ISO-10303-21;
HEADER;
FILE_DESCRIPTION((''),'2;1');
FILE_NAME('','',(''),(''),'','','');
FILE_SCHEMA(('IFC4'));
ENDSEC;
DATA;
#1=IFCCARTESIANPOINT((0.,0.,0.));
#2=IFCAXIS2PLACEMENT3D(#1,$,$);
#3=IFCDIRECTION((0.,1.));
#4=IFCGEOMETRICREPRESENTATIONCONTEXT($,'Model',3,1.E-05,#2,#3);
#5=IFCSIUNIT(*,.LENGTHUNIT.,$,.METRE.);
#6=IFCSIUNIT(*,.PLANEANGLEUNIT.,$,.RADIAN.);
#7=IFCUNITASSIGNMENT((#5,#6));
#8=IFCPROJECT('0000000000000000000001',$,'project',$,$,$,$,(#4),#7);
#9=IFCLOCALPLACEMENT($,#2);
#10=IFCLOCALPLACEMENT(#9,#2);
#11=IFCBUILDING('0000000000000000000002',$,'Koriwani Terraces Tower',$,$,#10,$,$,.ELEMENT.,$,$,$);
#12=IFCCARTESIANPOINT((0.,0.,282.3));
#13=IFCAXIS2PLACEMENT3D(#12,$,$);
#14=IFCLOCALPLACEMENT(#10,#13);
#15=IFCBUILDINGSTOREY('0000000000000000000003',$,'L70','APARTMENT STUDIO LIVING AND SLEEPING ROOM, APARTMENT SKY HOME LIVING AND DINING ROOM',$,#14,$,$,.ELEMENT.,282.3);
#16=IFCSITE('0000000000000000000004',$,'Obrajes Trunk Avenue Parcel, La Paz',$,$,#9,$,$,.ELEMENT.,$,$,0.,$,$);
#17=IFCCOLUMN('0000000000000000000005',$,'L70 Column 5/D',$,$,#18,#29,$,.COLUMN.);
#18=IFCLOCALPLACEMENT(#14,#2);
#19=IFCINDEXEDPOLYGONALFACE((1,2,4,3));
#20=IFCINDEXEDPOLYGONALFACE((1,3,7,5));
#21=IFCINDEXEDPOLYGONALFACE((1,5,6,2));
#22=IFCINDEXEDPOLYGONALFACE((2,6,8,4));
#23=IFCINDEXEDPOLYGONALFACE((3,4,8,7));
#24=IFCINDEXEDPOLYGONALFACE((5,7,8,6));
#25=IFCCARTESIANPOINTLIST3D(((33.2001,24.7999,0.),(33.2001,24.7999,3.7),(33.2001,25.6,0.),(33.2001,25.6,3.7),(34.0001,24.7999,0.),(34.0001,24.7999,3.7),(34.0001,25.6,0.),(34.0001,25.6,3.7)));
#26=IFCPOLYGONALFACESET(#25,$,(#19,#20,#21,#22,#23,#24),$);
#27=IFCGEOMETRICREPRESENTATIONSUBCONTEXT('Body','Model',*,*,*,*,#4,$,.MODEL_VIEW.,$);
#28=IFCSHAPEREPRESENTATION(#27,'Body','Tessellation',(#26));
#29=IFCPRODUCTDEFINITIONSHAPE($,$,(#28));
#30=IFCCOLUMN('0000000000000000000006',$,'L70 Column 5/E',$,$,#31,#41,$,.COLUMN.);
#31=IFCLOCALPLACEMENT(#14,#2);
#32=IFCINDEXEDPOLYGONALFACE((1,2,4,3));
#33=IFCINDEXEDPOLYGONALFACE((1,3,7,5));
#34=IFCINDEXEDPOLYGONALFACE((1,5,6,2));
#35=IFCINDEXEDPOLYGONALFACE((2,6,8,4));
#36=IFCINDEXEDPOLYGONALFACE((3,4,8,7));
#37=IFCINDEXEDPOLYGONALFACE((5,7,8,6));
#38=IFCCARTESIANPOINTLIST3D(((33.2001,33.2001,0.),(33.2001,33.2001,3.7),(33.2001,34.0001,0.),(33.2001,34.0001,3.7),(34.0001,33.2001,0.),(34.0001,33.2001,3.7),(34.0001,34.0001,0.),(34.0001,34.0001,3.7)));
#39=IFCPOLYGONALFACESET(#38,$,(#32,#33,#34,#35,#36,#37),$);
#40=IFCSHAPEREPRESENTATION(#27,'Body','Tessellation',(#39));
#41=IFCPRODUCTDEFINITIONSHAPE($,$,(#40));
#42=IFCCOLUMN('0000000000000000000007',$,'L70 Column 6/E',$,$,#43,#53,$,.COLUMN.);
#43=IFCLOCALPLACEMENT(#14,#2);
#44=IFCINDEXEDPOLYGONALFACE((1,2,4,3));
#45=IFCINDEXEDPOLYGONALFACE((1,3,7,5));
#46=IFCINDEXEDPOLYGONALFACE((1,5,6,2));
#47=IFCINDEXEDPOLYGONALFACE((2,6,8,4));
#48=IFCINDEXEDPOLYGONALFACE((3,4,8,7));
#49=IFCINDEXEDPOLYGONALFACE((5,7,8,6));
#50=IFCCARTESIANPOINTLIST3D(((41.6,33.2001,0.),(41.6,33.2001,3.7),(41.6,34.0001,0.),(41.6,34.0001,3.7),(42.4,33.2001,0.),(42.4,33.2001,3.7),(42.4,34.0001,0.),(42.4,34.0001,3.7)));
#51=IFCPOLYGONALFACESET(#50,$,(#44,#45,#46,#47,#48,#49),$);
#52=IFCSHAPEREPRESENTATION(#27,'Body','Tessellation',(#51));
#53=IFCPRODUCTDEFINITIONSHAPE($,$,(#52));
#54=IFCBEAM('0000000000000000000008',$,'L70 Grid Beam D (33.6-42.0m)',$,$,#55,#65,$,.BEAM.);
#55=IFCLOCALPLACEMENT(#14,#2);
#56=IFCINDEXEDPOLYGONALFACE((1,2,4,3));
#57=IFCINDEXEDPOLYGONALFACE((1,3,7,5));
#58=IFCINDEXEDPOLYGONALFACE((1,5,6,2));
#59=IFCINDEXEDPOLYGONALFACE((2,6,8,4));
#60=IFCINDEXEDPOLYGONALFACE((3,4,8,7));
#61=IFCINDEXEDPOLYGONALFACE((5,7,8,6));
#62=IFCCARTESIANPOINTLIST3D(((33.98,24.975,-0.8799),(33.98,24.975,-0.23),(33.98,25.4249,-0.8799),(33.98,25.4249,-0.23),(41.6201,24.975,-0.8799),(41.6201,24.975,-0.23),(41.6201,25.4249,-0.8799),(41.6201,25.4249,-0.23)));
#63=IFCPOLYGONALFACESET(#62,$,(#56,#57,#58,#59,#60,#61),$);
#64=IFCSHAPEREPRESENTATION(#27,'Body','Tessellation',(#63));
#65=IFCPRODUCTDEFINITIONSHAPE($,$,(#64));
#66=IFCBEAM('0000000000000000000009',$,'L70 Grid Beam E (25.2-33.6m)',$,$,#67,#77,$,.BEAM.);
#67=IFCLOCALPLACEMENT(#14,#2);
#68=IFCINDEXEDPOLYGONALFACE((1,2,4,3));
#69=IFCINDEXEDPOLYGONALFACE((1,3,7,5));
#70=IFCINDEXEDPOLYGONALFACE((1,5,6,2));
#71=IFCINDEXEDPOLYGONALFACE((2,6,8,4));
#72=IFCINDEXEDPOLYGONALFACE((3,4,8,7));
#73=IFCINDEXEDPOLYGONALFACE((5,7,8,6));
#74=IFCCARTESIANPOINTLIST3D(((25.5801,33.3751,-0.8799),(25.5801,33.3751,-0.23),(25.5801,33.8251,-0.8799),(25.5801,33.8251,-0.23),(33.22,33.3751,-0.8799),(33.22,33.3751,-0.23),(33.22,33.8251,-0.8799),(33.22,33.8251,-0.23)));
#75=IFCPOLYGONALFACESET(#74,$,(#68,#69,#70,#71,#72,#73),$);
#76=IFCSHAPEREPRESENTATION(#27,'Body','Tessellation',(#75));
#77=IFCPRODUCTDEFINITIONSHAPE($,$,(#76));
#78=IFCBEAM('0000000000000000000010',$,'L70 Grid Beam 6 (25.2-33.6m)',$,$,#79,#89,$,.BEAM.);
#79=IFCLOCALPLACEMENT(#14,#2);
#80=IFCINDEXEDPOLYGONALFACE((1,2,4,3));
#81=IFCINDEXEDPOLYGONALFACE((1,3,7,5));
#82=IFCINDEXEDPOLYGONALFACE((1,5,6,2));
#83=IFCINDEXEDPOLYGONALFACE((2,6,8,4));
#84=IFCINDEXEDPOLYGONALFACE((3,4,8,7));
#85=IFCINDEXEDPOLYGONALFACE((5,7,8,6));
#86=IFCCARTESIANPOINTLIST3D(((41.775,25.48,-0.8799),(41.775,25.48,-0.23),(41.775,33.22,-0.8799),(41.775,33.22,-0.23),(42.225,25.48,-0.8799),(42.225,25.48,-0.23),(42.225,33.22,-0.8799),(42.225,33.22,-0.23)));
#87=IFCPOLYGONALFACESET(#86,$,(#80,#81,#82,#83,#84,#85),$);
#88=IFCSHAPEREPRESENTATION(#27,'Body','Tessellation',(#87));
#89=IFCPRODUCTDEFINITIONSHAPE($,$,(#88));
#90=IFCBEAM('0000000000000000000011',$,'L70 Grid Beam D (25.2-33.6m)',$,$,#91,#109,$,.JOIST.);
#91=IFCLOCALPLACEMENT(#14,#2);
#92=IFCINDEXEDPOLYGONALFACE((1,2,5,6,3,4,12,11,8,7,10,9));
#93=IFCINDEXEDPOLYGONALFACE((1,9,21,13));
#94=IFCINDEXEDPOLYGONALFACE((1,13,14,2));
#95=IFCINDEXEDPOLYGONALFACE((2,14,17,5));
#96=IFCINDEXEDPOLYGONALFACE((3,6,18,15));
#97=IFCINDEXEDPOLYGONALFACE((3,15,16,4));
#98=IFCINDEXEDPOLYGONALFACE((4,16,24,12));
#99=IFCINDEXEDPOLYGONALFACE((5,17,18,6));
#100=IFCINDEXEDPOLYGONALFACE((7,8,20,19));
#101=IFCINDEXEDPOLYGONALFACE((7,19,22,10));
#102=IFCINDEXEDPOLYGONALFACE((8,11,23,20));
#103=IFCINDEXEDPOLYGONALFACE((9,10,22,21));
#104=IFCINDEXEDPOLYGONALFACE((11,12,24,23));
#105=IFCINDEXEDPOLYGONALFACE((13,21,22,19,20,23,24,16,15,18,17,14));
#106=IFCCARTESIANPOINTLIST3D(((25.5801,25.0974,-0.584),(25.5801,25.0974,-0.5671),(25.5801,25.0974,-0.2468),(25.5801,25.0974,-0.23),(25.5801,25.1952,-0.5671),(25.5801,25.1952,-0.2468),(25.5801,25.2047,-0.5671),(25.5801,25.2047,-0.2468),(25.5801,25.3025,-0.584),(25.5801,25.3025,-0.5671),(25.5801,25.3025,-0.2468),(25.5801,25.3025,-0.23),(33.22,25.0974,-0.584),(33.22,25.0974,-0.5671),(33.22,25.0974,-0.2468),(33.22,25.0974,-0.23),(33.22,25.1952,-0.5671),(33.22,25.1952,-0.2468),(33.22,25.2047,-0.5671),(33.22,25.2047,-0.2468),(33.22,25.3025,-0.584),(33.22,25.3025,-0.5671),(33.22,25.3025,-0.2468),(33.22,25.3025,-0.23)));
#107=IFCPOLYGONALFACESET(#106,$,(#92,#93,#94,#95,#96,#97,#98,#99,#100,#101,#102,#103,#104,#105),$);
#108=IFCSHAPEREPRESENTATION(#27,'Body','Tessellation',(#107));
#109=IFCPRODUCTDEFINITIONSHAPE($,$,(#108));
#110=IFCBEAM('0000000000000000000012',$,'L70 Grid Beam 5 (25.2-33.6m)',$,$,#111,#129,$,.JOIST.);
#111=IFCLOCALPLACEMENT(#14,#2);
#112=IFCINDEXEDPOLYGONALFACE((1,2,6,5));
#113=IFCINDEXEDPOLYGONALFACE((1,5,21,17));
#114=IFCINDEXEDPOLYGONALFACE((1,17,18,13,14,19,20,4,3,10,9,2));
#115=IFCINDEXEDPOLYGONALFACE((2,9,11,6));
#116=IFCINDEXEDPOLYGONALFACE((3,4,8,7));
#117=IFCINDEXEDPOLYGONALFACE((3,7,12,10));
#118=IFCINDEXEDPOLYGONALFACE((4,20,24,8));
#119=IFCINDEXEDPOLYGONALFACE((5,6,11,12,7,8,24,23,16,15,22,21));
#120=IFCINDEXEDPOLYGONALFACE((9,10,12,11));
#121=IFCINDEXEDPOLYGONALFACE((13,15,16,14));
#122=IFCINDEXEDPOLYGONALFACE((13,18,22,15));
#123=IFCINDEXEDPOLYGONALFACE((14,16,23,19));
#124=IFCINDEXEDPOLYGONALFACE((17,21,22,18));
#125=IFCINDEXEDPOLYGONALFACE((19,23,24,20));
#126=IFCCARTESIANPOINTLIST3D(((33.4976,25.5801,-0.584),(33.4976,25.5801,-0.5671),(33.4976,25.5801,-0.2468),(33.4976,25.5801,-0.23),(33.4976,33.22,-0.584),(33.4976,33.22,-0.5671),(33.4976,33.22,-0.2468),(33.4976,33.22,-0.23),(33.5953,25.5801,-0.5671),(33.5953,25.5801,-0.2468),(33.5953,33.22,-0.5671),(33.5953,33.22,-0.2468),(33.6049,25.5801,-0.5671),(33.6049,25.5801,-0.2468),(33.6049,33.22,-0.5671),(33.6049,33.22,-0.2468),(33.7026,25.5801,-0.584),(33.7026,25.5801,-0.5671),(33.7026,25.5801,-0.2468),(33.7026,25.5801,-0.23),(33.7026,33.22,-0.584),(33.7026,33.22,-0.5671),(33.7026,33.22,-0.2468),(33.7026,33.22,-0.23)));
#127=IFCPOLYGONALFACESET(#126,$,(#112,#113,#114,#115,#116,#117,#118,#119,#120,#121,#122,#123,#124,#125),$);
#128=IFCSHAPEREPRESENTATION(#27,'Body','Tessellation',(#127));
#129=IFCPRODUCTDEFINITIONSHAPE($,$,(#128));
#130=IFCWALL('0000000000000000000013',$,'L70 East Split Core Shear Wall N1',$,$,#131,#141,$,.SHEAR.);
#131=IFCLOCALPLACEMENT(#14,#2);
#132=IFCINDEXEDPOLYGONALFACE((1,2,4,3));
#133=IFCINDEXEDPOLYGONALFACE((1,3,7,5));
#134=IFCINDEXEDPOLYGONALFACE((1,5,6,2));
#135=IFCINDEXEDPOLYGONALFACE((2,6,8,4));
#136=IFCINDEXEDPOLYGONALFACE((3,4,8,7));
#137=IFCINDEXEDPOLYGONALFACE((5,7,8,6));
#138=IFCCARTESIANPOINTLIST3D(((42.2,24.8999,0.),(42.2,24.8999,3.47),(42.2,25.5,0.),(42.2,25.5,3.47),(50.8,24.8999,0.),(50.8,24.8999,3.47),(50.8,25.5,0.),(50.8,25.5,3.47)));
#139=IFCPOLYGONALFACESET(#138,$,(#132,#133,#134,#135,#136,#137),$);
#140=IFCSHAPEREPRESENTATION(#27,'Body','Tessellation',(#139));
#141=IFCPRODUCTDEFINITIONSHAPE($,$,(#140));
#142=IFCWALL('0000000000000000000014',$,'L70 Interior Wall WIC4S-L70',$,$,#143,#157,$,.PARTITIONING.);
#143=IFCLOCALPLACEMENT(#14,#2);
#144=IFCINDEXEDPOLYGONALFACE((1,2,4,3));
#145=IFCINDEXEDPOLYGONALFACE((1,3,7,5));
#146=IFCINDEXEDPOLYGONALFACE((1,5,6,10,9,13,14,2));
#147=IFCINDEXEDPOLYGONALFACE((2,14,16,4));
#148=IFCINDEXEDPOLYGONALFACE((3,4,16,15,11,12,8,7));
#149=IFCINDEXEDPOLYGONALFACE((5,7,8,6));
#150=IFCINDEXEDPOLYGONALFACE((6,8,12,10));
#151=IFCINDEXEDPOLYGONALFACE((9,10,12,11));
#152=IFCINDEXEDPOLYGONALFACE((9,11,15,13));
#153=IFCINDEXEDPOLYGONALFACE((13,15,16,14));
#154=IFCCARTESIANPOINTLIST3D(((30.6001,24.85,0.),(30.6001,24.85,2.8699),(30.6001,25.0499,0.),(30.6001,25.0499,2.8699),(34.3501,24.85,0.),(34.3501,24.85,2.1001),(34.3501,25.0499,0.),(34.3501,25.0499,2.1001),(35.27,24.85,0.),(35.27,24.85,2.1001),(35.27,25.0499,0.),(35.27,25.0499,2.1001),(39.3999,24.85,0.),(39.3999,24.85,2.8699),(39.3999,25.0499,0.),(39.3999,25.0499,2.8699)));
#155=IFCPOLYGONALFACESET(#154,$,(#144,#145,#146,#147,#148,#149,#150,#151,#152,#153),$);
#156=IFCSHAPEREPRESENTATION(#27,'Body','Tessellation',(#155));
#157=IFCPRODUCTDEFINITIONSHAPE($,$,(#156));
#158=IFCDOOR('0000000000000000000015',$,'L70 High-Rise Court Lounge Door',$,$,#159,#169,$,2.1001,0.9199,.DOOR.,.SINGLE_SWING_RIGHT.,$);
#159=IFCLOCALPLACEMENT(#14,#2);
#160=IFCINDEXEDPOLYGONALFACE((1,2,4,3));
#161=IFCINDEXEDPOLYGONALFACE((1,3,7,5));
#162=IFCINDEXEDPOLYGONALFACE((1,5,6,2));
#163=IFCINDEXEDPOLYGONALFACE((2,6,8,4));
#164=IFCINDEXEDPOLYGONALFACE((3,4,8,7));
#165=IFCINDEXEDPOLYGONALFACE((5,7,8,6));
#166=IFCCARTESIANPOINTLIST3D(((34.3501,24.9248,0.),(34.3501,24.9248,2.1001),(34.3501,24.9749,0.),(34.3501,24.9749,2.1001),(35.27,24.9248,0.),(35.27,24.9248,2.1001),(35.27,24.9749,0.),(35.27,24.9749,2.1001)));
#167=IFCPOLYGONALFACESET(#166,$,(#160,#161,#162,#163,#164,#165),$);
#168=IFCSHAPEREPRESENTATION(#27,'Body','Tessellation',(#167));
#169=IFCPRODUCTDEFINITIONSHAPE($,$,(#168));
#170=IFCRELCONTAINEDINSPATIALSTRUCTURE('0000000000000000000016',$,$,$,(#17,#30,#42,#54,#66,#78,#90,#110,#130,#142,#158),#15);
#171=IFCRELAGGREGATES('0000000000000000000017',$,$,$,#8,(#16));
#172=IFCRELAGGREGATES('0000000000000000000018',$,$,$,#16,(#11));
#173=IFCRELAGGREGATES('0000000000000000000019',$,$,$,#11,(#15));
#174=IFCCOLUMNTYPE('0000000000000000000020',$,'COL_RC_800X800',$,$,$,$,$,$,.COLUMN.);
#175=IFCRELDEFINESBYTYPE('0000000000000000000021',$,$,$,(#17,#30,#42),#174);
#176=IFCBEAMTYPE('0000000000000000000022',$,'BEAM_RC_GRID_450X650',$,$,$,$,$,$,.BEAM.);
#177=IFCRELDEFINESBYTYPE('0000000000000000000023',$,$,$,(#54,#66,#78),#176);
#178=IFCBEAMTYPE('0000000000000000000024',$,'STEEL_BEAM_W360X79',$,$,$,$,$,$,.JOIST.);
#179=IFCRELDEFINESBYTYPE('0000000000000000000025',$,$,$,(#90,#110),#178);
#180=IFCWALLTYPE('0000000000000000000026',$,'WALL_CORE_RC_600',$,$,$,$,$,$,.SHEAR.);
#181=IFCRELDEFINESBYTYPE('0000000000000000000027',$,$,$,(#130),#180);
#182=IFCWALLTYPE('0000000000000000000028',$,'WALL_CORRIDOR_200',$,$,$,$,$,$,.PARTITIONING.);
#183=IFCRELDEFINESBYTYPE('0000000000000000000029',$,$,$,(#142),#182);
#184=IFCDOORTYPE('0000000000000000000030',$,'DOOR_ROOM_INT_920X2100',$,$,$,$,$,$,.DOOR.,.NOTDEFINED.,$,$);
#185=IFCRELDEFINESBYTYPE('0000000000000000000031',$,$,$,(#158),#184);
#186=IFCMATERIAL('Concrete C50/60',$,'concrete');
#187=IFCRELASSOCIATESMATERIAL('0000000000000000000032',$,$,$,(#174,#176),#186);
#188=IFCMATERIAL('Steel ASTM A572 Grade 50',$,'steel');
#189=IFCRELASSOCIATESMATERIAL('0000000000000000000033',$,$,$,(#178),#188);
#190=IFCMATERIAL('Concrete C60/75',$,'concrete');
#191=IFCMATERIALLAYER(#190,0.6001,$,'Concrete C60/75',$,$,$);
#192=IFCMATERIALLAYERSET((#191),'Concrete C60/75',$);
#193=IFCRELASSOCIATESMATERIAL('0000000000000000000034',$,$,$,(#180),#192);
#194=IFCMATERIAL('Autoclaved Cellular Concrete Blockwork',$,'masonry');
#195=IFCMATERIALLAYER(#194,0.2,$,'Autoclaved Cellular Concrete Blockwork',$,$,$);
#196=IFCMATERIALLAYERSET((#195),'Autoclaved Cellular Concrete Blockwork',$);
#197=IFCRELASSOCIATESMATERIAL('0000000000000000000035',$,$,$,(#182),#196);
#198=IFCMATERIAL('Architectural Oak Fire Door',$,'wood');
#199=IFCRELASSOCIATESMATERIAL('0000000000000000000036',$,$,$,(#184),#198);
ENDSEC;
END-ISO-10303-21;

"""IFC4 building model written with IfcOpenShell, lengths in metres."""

from ifc_helpers import new_model, si_unit, direction, frame, frame_2d, origin, origin_2d, place, context, subcontext, project, spatial, rectangle, i_section, extrude, material, layer, layer_set, material_profile, profile_set, type_object, element, fill, save


model = new_model("IFC4")

# Units and contexts
model_context = context("Model", 3, precision=1e-05, world=origin(), true_north=direction((0.0, 1.0)))
body_context = subcontext(model_context, "Body", "Model", "MODEL_VIEW")
ifc_project = project(units=[si_unit("LENGTHUNIT", "METRE"), si_unit("PLANEANGLEUNIT", "RADIAN")], contexts=[model_context])

# Site, building, storey
site_placement = place(None, origin())
site = spatial("IfcSite", under=ifc_project, at=site_placement, Name="Obrajes Trunk Avenue Parcel, La Paz", CompositionType="ELEMENT", RefElevation=0.0)
building_placement = place(site_placement, origin())
building = spatial("IfcBuilding", under=site, at=building_placement, Name="Koriwani Terraces Tower", CompositionType="ELEMENT")
storey_placement = place(building_placement, frame((0.0, 0.0, 282.3)))
storey = spatial("IfcBuildingStorey", under=building, at=storey_placement, Name="L70", Description="APARTMENT STUDIO LIVING AND SLEEPING ROOM, APARTMENT SKY HOME LIVING AND DINING ROOM", CompositionType="ELEMENT", Elevation=282.3)

# Columns
ifc_material_1 = material(Name="Concrete C50/60", Category="concrete")
ifc_material_profile_1 = material_profile(ifc_material_1, rectangle(XDim=0.8, YDim=0.8, at=origin_2d()), Name="Concrete C50/60", Category="LoadBearing")
ifc_profile_set_1 = profile_set([ifc_material_profile_1], Name="Concrete C50/60")
column_type = type_object("IfcColumnType", Name="COL_RC_800X800", PredefinedType="COLUMN", material=ifc_profile_set_1)
for number, where, z_axis, x_axis, name in (
    (1, (33.6001, 25.2, 0.0), (0.0, 0.0, 1.0), (1.0, 0.0, 0.0), "L70 Column 5/D"),
    (2, (33.6001, 33.6001, 0.0), (0.0, 0.0, 1.0), (1.0, 0.0, 0.0), "L70 Column 5/E"),
    (3, (42.0, 33.6001, 0.0), (0.0, 0.0, 1.0), (1.0, 0.0, 0.0), "L70 Column 6/E"),
):
    element("IfcColumn", number, at=place(storey_placement, frame(where, z_axis=z_axis, x_axis=x_axis)), inside=storey, type_object=column_type, Name=name, PredefinedType="COLUMN", context=body_context, shape_type="SweptSolid", body=[
        extrude(rectangle(XDim=0.8, YDim=0.8, at=origin_2d()), origin(), (0.0, 0.0, 1.0), 3.7),
    ])

# Beams
ifc_material_profile_2 = material_profile(ifc_material_1, rectangle(XDim=0.45, YDim=0.6499, at=origin_2d()), Name="Concrete C50/60", Category="LoadBearing")
ifc_profile_set_2 = profile_set([ifc_material_profile_2], Name="Concrete C50/60")
beam_type_1 = type_object("IfcBeamType", Name="BEAM_RC_GRID_450X650", PredefinedType="BEAM", material=ifc_profile_set_2)
beam_1_placement = place(storey_placement, frame((33.98, 25.2, -0.5549), z_axis=(1.0, 0.0, 0.0), x_axis=(0.0, 1.0, 0.0)))
element("IfcBeam", 4, at=beam_1_placement, inside=storey, type_object=beam_type_1, Name="L70 Grid Beam D (33.6-42.0m)", PredefinedType="BEAM", context=body_context, shape_type="SweptSolid", body=[
    extrude(rectangle(XDim=0.45, YDim=0.6499, at=origin_2d()), origin(), (0.0, 0.0, 1.0), 7.6401),
])
beam_2_placement = place(storey_placement, frame((25.5801, 33.6001, -0.5549), z_axis=(1.0, 0.0, 0.0), x_axis=(0.0, 1.0, 0.0)))
element("IfcBeam", 5, at=beam_2_placement, inside=storey, type_object=beam_type_1, Name="L70 Grid Beam E (25.2-33.6m)", PredefinedType="BEAM", context=body_context, shape_type="SweptSolid", body=[
    extrude(rectangle(XDim=0.45, YDim=0.6499, at=origin_2d()), origin(), (0.0, 0.0, 1.0), 7.6399),
])
beam_3_placement = place(storey_placement, frame((42.0, 25.48, -0.5549), z_axis=(0.0, 1.0, 0.0), x_axis=(-1.0, 0.0, 0.0)))
element("IfcBeam", 6, at=beam_3_placement, inside=storey, type_object=beam_type_1, Name="L70 Grid Beam 6 (25.2-33.6m)", PredefinedType="BEAM", context=body_context, shape_type="SweptSolid", body=[
    extrude(rectangle(XDim=0.45, YDim=0.6499, at=origin_2d()), origin(), (0.0, 0.0, 1.0), 7.74),
])
ifc_material_2 = material(Name="Steel ASTM A572 Grade 50", Category="steel")
ifc_material_profile_3 = material_profile(ifc_material_2, i_section(OverallWidth=0.2051, OverallDepth=0.354, WebThickness=0.0095, FlangeThickness=0.0168, at=origin_2d()), Name="Steel ASTM A572 Grade 50", Category="LoadBearing")
ifc_profile_set_3 = profile_set([ifc_material_profile_3], Name="Steel ASTM A572 Grade 50")
beam_type_2 = type_object("IfcBeamType", Name="STEEL_BEAM_W360X79", PredefinedType="JOIST", material=ifc_profile_set_3)
for number, where, z_axis, x_axis, name in (
    (7, (25.5801, 25.2, -0.407), (1.0, 0.0, 0.0), (0.0, 1.0, 0.0), "L70 Grid Beam D (25.2-33.6m)"),
    (8, (33.6001, 25.5801, -0.407), (0.0, 1.0, 0.0), (-1.0, 0.0, 0.0), "L70 Grid Beam 5 (25.2-33.6m)"),
):
    element("IfcBeam", number, at=place(storey_placement, frame(where, z_axis=z_axis, x_axis=x_axis)), inside=storey, type_object=beam_type_2, Name=name, PredefinedType="JOIST", context=body_context, shape_type="SweptSolid", body=[
        extrude(i_section(OverallWidth=0.2051, OverallDepth=0.354, WebThickness=0.0095, FlangeThickness=0.0168, at=origin_2d()), origin(), (0.0, 0.0, 1.0), 7.6399),
    ])

# Wall
ifc_material_3 = material(Name="Concrete C60/75", Category="concrete")
ifc_layer_1 = layer(ifc_material_3, 0.6001, Name="Concrete C60/75")
ifc_layer_set_1 = layer_set([ifc_layer_1], Name="Concrete C60/75")
wall_type_1 = type_object("IfcWallType", Name="WALL_CORE_RC_600", PredefinedType="SHEAR", material=ifc_layer_set_1)
wall_1_placement = place(storey_placement, frame((42.2, 25.2, 0.0), z_axis=(0.0, 0.0, 1.0), x_axis=(1.0, 0.0, 0.0)))
element("IfcWall", 9, at=wall_1_placement, inside=storey, type_object=wall_type_1, Name="L70 East Split Core Shear Wall N1", PredefinedType="SHEAR", context=body_context, shape_type="SweptSolid", body=[
    extrude(rectangle(XDim=8.6001, YDim=0.6001, at=frame_2d((4.3, 0.0))), origin(), (0.0, 0.0, 1.0), 3.47),
])

# Wall, opening, door
ifc_material_4 = material(Name="Autoclaved Cellular Concrete Blockwork", Category="masonry")
ifc_layer_2 = layer(ifc_material_4, 0.2, Name="Autoclaved Cellular Concrete Blockwork")
ifc_layer_set_2 = layer_set([ifc_layer_2], Name="Autoclaved Cellular Concrete Blockwork")
wall_type_2 = type_object("IfcWallType", Name="WALL_CORRIDOR_200", PredefinedType="PARTITIONING", material=ifc_layer_set_2)
wall_2_placement = place(storey_placement, frame((30.6001, 24.95, 0.0), z_axis=(0.0, 0.0, 1.0), x_axis=(1.0, 0.0, 0.0)))
wall_2 = element("IfcWall", 10, at=wall_2_placement, inside=storey, type_object=wall_type_2, Name="L70 Interior Wall WIC4S-L70", PredefinedType="PARTITIONING", context=body_context, shape_type="SweptSolid", body=[
    extrude(rectangle(XDim=8.7998, YDim=0.2, at=frame_2d((4.3999, 0.0))), origin(), (0.0, 0.0, 1.0), 2.8699),
])
opening_1_placement = place(wall_2_placement, frame((3.75, 0.0, 0.0)))
opening_1 = element("IfcOpeningElement", 11, at=opening_1_placement, cuts=wall_2, PredefinedType="OPENING", context=body_context, shape_type="SweptSolid", body=[
    extrude(rectangle(XDim=0.9199, YDim=2.1001, at=frame_2d((0.46, 1.05))), frame((0.0, 0.1099, 0.0), z_axis=(0.0, -1.0, 0.0), x_axis=(1.0, 0.0, 0.0)), (0.0, 0.0, 1.0), 0.22),
])
ifc_material_5 = material(Name="Architectural Oak Fire Door", Category="wood")
door_type_1 = type_object("IfcDoorType", Name="DOOR_ROOM_INT_920X2100", OperationType="NOTDEFINED", PredefinedType="DOOR", material=ifc_material_5)
door_1_placement = place(opening_1_placement, origin())
door_1 = element("IfcDoor", 12, at=door_1_placement, inside=storey, type_object=door_type_1, Name="L70 High-Rise Court Lounge Door", OperationType="SINGLE_SWING_RIGHT", OverallHeight=2.1001, OverallWidth=0.9199, PredefinedType="DOOR", context=body_context, shape_type="SweptSolid", body=[
    extrude(rectangle(XDim=0.9199, YDim=2.1001, at=frame_2d((0.46, 1.05))), frame((0.0, 0.0249, 0.0), z_axis=(0.0, -1.0, 0.0), x_axis=(1.0, 0.0, 0.0)), (0.0, 0.0, 1.0), 0.05),
])
fill(opening_1, door_1)

save(model, "model.ifc")
